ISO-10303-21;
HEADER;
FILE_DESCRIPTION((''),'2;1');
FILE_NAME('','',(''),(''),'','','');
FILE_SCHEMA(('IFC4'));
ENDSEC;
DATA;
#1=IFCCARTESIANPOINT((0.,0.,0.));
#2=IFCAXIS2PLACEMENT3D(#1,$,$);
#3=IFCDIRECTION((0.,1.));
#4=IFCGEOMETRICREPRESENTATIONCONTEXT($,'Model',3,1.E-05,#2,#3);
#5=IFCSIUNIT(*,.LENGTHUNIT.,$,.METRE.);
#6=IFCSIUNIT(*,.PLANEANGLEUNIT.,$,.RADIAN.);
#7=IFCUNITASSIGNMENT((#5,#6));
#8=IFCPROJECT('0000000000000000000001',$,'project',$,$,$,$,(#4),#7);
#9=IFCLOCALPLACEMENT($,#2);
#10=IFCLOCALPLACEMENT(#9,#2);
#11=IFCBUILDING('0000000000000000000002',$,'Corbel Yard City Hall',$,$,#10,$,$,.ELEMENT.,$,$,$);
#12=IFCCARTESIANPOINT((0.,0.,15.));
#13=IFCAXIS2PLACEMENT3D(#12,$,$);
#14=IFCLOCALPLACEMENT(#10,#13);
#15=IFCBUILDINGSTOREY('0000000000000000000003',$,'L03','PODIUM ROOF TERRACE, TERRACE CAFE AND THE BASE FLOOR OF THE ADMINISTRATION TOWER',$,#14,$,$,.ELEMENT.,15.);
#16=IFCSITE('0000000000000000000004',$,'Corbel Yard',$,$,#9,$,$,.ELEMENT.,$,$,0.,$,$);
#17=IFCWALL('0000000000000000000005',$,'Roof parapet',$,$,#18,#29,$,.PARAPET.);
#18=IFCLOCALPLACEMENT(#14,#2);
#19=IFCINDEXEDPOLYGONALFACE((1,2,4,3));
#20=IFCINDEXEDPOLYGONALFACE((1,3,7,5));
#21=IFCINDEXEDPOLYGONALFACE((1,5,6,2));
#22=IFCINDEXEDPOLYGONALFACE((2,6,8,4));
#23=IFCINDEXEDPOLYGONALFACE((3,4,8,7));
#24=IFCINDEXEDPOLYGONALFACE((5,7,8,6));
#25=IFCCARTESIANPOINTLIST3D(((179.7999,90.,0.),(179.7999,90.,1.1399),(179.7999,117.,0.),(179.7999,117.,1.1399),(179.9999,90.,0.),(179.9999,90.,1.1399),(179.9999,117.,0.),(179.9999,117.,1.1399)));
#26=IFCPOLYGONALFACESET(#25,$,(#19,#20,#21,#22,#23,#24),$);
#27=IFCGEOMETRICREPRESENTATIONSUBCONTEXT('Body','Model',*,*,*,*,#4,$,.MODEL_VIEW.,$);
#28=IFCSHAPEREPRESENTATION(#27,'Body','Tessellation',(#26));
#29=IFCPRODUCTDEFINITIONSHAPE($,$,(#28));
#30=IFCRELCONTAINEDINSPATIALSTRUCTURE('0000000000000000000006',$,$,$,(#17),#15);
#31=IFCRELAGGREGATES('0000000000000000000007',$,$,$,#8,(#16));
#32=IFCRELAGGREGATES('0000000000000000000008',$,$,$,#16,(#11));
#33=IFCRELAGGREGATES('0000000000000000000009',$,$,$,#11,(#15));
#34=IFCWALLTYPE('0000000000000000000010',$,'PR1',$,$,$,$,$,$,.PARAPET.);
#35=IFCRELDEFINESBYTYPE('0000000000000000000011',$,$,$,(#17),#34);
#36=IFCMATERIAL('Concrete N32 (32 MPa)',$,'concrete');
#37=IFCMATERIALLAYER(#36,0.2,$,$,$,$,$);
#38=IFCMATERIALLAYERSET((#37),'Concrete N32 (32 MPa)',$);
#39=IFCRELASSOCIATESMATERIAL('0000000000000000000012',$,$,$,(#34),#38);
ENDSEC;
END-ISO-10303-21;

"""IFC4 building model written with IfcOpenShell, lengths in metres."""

from ifc_helpers import new_model, si_unit, direction, frame, frame_2d, origin, place, context, subcontext, project, spatial, rectangle, extrude, material, layer, layer_set, type_object, element, save


model = new_model("IFC4")

# Units and contexts
model_context = context("Model", 3, precision=1e-05, world=origin(), true_north=direction((0.0, 1.0)))
body_context = subcontext(model_context, "Body", "Model", "MODEL_VIEW")
ifc_project = project(units=[si_unit("LENGTHUNIT", "METRE"), si_unit("PLANEANGLEUNIT", "RADIAN")], contexts=[model_context])

# Site, building, storey
site_placement = place(None, origin())
site = spatial("IfcSite", under=ifc_project, at=site_placement, Name="Corbel Yard", CompositionType="ELEMENT", RefElevation=0.0)
building_placement = place(site_placement, origin())
building = spatial("IfcBuilding", under=site, at=building_placement, Name="Corbel Yard City Hall", CompositionType="ELEMENT")
storey_placement = place(building_placement, frame((0.0, 0.0, 15.0)))
storey = spatial("IfcBuildingStorey", under=building, at=storey_placement, Name="L03", Description="PODIUM ROOF TERRACE, TERRACE CAFE AND THE BASE FLOOR OF THE ADMINISTRATION TOWER", CompositionType="ELEMENT", Elevation=15.0)

# Wall
ifc_material_1 = material(Name="Concrete N32 (32 MPa)", Category="concrete")
ifc_layer = layer(ifc_material_1, 0.2)
ifc_layer_set = layer_set([ifc_layer], Name="Concrete N32 (32 MPa)")
wall_type = type_object("IfcWallType", Name="PR1", PredefinedType="PARAPET", material=ifc_layer_set)
wall_placement = place(storey_placement, frame((179.8999, 90.0, 0.0), z_axis=(0.0, 0.0, 1.0), x_axis=(0.0, 1.0, 0.0)))
element("IfcWall", 1, at=wall_placement, inside=storey, type_object=wall_type, Name="Roof parapet", PredefinedType="PARAPET", context=body_context, shape_type="SweptSolid", body=[
    extrude(rectangle(XDim=27.0, YDim=0.2, at=frame_2d((13.5, 0.0))), origin(), (0.0, 0.0, 1.0), 1.1399),
])

save(model, "model.ifc")
